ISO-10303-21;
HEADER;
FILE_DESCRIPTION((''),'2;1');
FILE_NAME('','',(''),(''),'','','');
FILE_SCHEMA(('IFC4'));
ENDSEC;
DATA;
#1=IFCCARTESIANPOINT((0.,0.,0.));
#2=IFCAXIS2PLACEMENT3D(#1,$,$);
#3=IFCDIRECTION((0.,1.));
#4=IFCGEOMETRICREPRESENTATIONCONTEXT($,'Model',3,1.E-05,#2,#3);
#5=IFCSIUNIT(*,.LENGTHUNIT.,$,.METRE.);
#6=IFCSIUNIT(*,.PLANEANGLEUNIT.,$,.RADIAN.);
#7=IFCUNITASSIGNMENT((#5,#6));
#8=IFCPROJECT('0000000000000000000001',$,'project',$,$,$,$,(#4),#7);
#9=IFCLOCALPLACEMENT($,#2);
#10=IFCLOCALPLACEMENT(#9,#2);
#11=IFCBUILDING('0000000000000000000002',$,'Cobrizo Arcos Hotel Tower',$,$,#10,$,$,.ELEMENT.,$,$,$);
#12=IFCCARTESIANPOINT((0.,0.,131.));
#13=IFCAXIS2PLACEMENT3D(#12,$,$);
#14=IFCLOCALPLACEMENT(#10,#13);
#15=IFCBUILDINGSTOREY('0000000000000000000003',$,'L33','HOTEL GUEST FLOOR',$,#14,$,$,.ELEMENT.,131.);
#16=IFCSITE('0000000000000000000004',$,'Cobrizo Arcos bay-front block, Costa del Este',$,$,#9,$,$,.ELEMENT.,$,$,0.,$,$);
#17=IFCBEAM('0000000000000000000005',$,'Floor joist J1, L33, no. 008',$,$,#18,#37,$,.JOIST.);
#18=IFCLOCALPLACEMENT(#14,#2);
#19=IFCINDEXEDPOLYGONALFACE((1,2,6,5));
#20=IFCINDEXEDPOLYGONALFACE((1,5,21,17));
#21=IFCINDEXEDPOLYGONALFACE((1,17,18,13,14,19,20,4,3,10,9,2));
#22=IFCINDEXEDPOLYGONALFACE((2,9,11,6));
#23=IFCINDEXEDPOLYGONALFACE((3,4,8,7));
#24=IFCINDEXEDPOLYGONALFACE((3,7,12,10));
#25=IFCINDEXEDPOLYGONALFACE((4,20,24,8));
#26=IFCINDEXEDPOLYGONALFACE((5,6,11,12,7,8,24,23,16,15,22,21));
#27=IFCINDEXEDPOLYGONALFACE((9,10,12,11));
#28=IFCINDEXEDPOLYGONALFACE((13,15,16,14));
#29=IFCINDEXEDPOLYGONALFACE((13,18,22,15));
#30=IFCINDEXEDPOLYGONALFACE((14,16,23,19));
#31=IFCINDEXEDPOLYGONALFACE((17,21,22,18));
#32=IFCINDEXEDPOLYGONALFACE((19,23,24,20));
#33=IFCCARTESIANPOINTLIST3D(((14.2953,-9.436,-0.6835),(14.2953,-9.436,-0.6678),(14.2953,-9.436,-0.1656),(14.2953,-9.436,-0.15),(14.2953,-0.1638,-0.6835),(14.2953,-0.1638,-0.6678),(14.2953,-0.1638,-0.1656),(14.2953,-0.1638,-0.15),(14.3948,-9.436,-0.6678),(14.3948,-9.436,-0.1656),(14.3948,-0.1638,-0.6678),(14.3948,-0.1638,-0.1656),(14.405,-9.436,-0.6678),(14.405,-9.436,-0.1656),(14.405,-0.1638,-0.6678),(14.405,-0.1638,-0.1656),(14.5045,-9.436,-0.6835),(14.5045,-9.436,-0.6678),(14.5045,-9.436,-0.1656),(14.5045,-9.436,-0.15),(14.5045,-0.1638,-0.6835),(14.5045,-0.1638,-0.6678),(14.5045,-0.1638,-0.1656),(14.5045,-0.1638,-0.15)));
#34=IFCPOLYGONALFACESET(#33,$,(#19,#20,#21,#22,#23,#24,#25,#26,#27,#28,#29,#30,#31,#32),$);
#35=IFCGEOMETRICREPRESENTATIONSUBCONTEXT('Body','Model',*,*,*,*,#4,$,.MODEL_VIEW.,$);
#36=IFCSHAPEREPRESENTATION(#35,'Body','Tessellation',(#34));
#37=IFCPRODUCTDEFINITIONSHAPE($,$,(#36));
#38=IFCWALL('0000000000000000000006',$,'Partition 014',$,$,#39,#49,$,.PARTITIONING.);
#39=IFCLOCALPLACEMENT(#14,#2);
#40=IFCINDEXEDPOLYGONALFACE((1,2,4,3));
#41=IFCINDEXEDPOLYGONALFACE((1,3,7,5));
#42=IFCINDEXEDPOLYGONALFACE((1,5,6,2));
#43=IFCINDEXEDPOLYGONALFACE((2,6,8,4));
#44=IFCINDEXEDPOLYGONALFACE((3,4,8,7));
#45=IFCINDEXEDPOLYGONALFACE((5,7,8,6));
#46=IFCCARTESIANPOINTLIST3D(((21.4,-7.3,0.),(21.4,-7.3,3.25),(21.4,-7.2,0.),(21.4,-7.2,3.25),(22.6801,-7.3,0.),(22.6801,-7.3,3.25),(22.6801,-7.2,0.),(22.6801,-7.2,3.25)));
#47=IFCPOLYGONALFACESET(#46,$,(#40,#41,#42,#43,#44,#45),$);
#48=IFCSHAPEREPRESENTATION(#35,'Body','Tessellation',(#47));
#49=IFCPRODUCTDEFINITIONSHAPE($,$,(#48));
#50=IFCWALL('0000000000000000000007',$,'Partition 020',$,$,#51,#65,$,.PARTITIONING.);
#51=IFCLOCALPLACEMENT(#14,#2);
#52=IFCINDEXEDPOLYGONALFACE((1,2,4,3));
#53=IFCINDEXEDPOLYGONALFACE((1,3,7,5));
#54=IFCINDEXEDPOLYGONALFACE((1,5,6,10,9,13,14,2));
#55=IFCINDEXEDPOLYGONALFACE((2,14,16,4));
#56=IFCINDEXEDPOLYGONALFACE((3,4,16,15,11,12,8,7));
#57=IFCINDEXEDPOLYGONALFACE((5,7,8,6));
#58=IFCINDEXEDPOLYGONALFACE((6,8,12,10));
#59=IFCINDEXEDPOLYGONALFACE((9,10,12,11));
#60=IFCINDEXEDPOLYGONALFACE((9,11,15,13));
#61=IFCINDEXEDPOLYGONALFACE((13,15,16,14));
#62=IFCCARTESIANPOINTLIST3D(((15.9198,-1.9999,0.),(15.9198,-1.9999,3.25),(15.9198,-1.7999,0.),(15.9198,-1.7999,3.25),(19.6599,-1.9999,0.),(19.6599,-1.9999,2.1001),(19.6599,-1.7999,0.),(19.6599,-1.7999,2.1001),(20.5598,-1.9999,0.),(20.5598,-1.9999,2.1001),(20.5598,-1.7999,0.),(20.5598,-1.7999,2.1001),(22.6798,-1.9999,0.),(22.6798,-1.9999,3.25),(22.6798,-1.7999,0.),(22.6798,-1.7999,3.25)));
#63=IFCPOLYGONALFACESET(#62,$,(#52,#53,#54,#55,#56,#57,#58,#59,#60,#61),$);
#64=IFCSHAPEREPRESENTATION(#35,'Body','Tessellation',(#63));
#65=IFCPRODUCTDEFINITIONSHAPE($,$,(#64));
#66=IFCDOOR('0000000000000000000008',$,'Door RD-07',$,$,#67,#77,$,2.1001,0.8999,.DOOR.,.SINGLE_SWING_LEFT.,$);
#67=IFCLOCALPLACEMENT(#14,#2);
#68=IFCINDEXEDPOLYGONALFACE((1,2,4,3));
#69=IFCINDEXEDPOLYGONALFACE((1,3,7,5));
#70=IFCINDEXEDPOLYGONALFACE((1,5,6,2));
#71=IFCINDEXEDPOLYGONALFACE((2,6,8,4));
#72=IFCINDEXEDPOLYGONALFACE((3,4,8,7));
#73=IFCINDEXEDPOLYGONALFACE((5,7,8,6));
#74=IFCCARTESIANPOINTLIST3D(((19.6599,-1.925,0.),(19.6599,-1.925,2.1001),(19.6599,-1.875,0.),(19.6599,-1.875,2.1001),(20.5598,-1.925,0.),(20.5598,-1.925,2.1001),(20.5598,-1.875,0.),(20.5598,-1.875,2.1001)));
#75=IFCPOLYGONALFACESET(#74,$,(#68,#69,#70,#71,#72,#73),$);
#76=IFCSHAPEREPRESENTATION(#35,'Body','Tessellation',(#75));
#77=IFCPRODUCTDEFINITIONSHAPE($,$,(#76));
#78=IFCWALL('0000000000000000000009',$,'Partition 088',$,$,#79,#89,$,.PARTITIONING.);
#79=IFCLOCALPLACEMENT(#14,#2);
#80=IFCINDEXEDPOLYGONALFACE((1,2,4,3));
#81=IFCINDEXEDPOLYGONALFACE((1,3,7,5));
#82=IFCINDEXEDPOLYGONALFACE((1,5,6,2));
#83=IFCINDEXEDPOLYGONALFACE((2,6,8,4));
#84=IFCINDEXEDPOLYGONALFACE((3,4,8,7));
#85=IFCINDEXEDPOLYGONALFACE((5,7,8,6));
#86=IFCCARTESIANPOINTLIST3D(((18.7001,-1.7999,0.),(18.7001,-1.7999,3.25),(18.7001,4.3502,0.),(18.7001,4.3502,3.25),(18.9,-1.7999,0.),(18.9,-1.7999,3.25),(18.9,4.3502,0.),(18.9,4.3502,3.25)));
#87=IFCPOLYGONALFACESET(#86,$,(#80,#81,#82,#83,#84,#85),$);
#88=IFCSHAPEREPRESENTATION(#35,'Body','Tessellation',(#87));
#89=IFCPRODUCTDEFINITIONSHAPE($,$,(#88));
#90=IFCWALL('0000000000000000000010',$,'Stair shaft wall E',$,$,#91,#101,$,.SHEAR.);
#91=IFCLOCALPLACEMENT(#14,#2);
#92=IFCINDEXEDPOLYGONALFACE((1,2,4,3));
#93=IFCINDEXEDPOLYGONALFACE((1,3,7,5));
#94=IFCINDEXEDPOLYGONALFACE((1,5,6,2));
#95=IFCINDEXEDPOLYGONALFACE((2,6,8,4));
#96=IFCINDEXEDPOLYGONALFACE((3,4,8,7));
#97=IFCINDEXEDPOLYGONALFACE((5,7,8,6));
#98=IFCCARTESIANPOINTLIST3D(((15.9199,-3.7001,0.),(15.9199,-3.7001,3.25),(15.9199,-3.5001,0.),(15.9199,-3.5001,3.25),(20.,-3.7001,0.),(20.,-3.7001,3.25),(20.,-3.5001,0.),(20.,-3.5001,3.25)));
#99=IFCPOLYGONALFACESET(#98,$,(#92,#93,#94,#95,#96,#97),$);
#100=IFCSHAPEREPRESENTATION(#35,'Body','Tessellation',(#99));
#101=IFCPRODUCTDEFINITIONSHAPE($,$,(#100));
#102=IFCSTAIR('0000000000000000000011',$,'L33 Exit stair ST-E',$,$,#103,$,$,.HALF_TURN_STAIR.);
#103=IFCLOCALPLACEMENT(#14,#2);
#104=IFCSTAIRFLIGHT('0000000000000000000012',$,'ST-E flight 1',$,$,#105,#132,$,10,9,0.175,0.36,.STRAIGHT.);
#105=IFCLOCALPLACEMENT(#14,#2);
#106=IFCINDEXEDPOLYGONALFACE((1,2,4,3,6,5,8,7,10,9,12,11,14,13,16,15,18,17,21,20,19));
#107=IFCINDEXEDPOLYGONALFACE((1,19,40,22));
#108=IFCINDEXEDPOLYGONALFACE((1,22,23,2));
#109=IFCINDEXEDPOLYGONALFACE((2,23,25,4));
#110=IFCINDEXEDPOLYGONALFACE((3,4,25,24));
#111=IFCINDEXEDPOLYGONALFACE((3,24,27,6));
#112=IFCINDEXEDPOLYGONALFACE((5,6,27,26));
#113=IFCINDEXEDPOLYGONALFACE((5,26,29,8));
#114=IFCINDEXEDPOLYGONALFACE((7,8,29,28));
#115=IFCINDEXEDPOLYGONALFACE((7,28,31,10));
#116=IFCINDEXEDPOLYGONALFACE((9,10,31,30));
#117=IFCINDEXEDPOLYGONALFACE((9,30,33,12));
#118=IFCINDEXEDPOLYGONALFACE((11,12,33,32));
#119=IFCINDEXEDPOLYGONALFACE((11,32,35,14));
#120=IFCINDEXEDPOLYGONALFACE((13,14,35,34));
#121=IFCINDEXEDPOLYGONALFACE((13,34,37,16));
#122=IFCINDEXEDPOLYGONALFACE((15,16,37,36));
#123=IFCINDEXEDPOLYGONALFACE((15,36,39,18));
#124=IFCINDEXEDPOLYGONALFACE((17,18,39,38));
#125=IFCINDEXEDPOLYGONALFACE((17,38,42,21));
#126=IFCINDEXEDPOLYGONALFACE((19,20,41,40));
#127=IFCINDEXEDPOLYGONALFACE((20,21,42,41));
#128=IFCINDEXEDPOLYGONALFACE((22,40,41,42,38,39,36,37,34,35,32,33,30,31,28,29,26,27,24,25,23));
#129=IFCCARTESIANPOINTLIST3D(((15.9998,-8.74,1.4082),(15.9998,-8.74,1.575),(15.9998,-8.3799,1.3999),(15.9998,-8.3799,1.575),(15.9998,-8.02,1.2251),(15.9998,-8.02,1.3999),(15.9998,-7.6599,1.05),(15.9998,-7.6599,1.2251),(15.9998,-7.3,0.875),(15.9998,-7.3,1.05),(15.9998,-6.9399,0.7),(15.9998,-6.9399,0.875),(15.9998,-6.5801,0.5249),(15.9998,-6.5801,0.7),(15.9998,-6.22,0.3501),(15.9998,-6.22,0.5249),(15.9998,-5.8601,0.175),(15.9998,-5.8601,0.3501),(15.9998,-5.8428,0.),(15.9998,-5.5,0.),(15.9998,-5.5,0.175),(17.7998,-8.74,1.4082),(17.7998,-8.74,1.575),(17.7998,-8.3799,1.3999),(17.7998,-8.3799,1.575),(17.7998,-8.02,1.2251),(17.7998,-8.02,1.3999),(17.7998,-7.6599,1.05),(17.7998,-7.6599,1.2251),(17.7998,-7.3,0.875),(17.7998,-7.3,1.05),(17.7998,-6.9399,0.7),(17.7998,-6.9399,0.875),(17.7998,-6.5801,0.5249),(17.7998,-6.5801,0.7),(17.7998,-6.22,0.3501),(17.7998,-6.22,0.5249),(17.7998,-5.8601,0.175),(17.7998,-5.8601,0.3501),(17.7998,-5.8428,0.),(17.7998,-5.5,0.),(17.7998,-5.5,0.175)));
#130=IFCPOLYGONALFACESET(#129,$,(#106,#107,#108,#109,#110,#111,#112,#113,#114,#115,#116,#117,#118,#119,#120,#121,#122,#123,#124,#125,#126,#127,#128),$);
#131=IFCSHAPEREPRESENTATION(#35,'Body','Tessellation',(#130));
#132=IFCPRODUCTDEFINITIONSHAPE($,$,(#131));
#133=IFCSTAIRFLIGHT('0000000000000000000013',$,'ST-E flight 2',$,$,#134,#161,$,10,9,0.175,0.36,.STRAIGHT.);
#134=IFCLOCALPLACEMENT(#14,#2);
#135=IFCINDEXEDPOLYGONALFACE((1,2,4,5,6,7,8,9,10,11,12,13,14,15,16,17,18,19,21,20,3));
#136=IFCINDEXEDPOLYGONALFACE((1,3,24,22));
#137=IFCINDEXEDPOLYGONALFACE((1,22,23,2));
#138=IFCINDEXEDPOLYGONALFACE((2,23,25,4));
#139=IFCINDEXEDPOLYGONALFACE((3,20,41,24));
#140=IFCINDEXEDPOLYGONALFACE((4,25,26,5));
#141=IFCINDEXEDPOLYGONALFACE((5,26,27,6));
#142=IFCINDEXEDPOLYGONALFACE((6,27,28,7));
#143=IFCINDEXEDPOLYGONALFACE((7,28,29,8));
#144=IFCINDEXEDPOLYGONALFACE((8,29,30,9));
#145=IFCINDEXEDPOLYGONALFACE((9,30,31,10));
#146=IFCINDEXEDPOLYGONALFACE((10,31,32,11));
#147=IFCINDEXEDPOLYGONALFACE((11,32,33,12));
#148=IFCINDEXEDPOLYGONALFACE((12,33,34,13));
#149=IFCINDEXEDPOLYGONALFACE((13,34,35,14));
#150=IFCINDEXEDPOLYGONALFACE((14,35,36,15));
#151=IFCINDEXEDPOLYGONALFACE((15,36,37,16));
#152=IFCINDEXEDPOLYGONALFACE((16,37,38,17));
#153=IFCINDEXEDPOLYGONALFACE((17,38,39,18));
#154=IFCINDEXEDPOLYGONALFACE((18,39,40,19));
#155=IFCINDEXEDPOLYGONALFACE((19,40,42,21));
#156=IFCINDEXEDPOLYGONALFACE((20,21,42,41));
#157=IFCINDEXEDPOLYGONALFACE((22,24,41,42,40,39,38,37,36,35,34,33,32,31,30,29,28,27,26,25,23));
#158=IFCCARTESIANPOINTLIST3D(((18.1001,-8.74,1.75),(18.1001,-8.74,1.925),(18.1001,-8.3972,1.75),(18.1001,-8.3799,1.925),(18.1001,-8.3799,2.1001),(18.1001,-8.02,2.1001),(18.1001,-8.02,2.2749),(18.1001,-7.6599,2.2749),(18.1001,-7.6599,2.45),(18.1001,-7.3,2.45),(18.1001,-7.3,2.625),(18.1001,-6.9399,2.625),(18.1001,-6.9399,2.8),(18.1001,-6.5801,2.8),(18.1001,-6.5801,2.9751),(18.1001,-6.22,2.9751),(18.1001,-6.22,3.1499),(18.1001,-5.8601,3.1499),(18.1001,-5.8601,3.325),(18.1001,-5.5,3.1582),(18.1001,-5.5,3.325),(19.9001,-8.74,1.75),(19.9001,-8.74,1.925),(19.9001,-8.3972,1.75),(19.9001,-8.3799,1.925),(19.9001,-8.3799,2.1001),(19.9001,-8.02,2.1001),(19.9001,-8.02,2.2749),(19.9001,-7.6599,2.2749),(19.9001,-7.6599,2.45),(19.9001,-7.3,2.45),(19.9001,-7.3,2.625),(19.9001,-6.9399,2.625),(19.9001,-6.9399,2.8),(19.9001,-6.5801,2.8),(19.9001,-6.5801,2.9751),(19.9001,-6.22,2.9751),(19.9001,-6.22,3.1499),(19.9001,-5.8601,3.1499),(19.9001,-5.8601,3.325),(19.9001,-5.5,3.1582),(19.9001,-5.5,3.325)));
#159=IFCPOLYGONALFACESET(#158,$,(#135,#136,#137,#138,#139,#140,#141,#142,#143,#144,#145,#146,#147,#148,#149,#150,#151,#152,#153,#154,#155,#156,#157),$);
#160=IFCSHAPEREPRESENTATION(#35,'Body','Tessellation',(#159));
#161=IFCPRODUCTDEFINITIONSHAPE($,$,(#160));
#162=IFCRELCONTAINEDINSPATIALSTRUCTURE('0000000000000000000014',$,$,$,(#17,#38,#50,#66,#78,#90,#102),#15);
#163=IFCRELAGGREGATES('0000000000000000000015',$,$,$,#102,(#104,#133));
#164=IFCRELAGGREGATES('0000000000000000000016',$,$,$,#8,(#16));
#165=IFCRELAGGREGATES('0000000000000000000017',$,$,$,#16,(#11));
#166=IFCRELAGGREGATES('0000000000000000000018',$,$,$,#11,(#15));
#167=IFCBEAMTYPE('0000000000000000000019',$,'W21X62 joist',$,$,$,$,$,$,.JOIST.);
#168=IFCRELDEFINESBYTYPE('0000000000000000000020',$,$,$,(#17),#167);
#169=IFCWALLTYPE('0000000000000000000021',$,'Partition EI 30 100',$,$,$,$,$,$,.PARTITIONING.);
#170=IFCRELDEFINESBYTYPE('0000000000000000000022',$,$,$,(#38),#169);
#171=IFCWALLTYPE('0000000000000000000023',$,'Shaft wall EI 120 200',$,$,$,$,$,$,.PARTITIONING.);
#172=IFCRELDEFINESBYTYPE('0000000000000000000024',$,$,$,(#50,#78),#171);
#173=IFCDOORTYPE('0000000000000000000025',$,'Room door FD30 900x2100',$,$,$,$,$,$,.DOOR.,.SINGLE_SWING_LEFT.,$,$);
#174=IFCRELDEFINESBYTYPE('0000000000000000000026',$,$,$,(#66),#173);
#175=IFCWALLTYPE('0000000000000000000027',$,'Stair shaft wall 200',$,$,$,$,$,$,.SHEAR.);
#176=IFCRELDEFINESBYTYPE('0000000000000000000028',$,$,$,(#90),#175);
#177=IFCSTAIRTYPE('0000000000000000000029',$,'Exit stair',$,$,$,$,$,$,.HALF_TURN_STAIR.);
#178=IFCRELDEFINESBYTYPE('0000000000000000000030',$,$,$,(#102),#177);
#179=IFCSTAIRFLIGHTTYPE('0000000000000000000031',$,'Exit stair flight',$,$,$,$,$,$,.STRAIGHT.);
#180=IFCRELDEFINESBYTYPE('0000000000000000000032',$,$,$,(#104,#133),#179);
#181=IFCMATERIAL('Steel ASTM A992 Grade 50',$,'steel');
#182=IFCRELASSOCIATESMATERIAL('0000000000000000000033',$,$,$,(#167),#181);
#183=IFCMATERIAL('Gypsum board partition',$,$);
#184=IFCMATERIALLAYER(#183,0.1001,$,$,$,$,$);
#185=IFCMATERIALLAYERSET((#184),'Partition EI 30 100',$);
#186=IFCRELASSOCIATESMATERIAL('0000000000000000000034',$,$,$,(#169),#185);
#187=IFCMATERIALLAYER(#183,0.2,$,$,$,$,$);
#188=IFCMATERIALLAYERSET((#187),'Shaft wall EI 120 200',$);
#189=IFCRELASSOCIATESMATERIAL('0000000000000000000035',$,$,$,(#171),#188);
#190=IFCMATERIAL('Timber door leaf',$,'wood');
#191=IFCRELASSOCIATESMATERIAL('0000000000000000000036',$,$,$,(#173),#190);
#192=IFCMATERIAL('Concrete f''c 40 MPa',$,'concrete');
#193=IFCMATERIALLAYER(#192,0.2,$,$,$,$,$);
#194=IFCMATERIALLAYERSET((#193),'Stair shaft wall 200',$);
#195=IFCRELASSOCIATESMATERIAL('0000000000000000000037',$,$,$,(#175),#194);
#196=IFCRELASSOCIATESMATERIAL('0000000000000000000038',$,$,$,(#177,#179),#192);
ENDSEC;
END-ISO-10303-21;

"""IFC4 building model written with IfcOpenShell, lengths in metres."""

from ifc_helpers import new_model, si_unit, direction, frame, frame_2d, origin, origin_2d, place, context, subcontext, project, spatial, polyline, rectangle, i_section, outline, extrude, material, layer, layer_set, material_profile, profile_set, type_object, element, fill, aggregate, save


model = new_model("IFC4")

# Units and contexts
model_context = context("Model", 3, precision=1e-05, world=origin(), true_north=direction((0.0, 1.0)))
body_context = subcontext(model_context, "Body", "Model", "MODEL_VIEW")
ifc_project = project(units=[si_unit("LENGTHUNIT", "METRE"), si_unit("PLANEANGLEUNIT", "RADIAN")], contexts=[model_context])

# Site, building, storey
site_placement = place(None, origin())
site = spatial("IfcSite", under=ifc_project, at=site_placement, Name="Cobrizo Arcos bay-front block, Costa del Este", CompositionType="ELEMENT", RefElevation=0.0)
building_placement = place(site_placement, origin())
building = spatial("IfcBuilding", under=site, at=building_placement, Name="Cobrizo Arcos Hotel Tower", CompositionType="ELEMENT")
storey_placement = place(building_placement, frame((0.0, 0.0, 131.0)))
storey = spatial("IfcBuildingStorey", under=building, at=storey_placement, Name="L33", Description="HOTEL GUEST FLOOR", CompositionType="ELEMENT", Elevation=131.0)

# Beam
ifc_material_1 = material(Name="Steel ASTM A992 Grade 50", Category="steel")
ifc_material_profile = material_profile(ifc_material_1, i_section(OverallWidth=0.2092, OverallDepth=0.5334, WebThickness=0.0103, FlangeThickness=0.0156, at=origin_2d()), Name="W21X62")
ifc_profile_set = profile_set([ifc_material_profile], Name="Steel ASTM A992 Grade 50")
beam_type = type_object("IfcBeamType", Name="W21X62 joist", PredefinedType="JOIST", material=ifc_profile_set)
beam_placement = place(storey_placement, frame((14.3999, -9.436, -0.4167), z_axis=(0.0, 1.0, 0.0), x_axis=(-1.0, 0.0, 0.0)))
element("IfcBeam", 1, at=beam_placement, inside=storey, type_object=beam_type, Name="Floor joist J1, L33, no. 008", PredefinedType="JOIST", context=body_context, shape_type="SweptSolid", body=[
    extrude(i_section(OverallWidth=0.2092, OverallDepth=0.5334, WebThickness=0.0103, FlangeThickness=0.0156, at=origin_2d()), origin(), (0.0, 0.0, 1.0), 9.2722),
])

# Wall
ifc_material_2 = material(Name="Gypsum board partition")
ifc_layer_1 = layer(ifc_material_2, 0.1001)
ifc_layer_set_1 = layer_set([ifc_layer_1], Name="Partition EI 30 100")
wall_type_1 = type_object("IfcWallType", Name="Partition EI 30 100", PredefinedType="PARTITIONING", material=ifc_layer_set_1)
wall_1_placement = place(storey_placement, frame((21.3999, -7.25, 0.0), z_axis=(0.0, 0.0, 1.0), x_axis=(1.0, 0.0, 0.0)))
element("IfcWall", 2, at=wall_1_placement, inside=storey, type_object=wall_type_1, Name="Partition 014", PredefinedType="PARTITIONING", context=body_context, shape_type="SweptSolid", body=[
    extrude(rectangle(XDim=1.28, YDim=0.1001, at=frame_2d((0.6401, 0.0))), origin(), (0.0, 0.0, 1.0), 3.25),
])

# Wall, opening, door
ifc_layer_2 = layer(ifc_material_2, 0.2)
ifc_layer_set_2 = layer_set([ifc_layer_2], Name="Shaft wall EI 120 200")
wall_type_2 = type_object("IfcWallType", Name="Shaft wall EI 120 200", PredefinedType="PARTITIONING", material=ifc_layer_set_2)
wall_2_placement = place(storey_placement, frame((15.9199, -1.8999, 0.0), z_axis=(0.0, 0.0, 1.0), x_axis=(1.0, 0.0, 0.0)))
wall_2 = element("IfcWall", 3, at=wall_2_placement, inside=storey, type_object=wall_type_2, Name="Partition 020", PredefinedType="PARTITIONING", context=body_context, shape_type="SweptSolid", body=[
    extrude(rectangle(XDim=6.76, YDim=0.2, at=frame_2d((3.3799, 0.0))), origin(), (0.0, 0.0, 1.0), 3.25),
])
opening_placement = place(wall_2_placement, frame((3.74, 0.0, 0.0)))
opening = element("IfcOpeningElement", 4, at=opening_placement, cuts=wall_2, PredefinedType="OPENING", context=body_context, shape_type="SweptSolid", body=[
    extrude(rectangle(XDim=0.8999, YDim=2.1001, at=frame_2d((0.45, 1.05))), frame((0.0, 0.1121, 0.0), z_axis=(0.0, -1.0, 0.0), x_axis=(1.0, 0.0, 0.0)), (0.0, 0.0, 1.0), 0.2239),
])
ifc_material_3 = material(Name="Timber door leaf", Category="wood")
door_type = type_object("IfcDoorType", Name="Room door FD30 900x2100", OperationType="SINGLE_SWING_LEFT", PredefinedType="DOOR", material=ifc_material_3)
door_placement = place(opening_placement, origin())
door = element("IfcDoor", 5, at=door_placement, inside=storey, type_object=door_type, Name="Door RD-07", OperationType="SINGLE_SWING_LEFT", OverallHeight=2.1001, OverallWidth=0.8999, PredefinedType="DOOR", context=body_context, shape_type="SweptSolid", body=[
    extrude(rectangle(XDim=0.8999, YDim=2.1001, at=frame_2d((0.45, 1.05))), frame((0.0, 0.0249, 0.0), z_axis=(0.0, -1.0, 0.0), x_axis=(1.0, 0.0, 0.0)), (0.0, 0.0, 1.0), 0.05),
])
fill(opening, door)

# Walls
wall_3_placement = place(storey_placement, frame((18.8, -1.8, 0.0), z_axis=(0.0, 0.0, 1.0), x_axis=(0.0, 1.0, 0.0)))
element("IfcWall", 6, at=wall_3_placement, inside=storey, type_object=wall_type_2, Name="Partition 088", PredefinedType="PARTITIONING", context=body_context, shape_type="SweptSolid", body=[
    extrude(rectangle(XDim=6.1501, YDim=0.2, at=frame_2d((3.0752, 0.0))), origin(), (0.0, 0.0, 1.0), 3.25),
])
ifc_material_4 = material(Name="Concrete f'c 40 MPa", Category="concrete")
ifc_layer_3 = layer(ifc_material_4, 0.2)
ifc_layer_set_3 = layer_set([ifc_layer_3], Name="Stair shaft wall 200")
wall_type_3 = type_object("IfcWallType", Name="Stair shaft wall 200", PredefinedType="SHEAR", material=ifc_layer_set_3)
wall_4_placement = place(storey_placement, frame((15.9199, -3.6001, 0.0), z_axis=(0.0, 0.0, 1.0), x_axis=(1.0, 0.0, 0.0)))
element("IfcWall", 7, at=wall_4_placement, inside=storey, type_object=wall_type_3, Name="Stair shaft wall E", PredefinedType="SHEAR", context=body_context, shape_type="SweptSolid", body=[
    extrude(rectangle(XDim=4.0801, YDim=0.2, at=frame_2d((2.04, 0.0))), origin(), (0.0, 0.0, 1.0), 3.25),
])

# Stair, stair flights
stair_type = type_object("IfcStairType", Name="Exit stair", PredefinedType="HALF_TURN_STAIR", material=ifc_material_4)
stair_placement = place(storey_placement, origin())
stair = element("IfcStair", 8, at=stair_placement, inside=storey, type_object=stair_type, Name="L33 Exit stair ST-E", PredefinedType="HALF_TURN_STAIR")
stair_flight_type = type_object("IfcStairFlightType", Name="Exit stair flight", PredefinedType="STRAIGHT", material=ifc_material_4)
stair_flight_1_placement = place(storey_placement, frame((16.8999, -5.5, 0.0), z_axis=(0.0, 0.0, 1.0), x_axis=(0.0, -1.0, 0.0)))
stair_flight_1 = element("IfcStairFlight", 9, at=stair_flight_1_placement, type_object=stair_flight_type, Name="ST-E flight 1", NumberOfRisers=10, NumberOfTreads=9, PredefinedType="STRAIGHT", RiserHeight=0.175, TreadLength=0.36, context=body_context, shape_type="SweptSolid", body=[
    extrude(outline(polyline([(0.0, 0.0), (0.0, 0.175), (0.3601, 0.175), (0.3601, 0.3501), (0.72, 0.3501), (0.72, 0.5249), (1.0801, 0.5249), (1.0801, 0.7), (1.4399, 0.7), (1.4399, 0.875), (1.8, 0.875), (1.8, 1.05), (2.1599, 1.05), (2.1599, 1.2251), (2.52, 1.2251), (2.52, 1.3999), (2.8799, 1.3999), (2.8799, 1.575), (3.24, 1.575), (3.24, 1.75), (3.24, 1.4082), (0.3428, 0.0), (0.0, 0.0)])), frame((0.0, 0.8999, 0.0), z_axis=(0.0, -1.0, 0.0), x_axis=(1.0, 0.0, 0.0)), (0.0, 0.0, 1.0), 1.8),
])
stair_flight_2_placement = place(storey_placement, frame((19.0, -8.74, 1.75), z_axis=(0.0, 0.0, 1.0), x_axis=(0.0, 1.0, 0.0)))
stair_flight_2 = element("IfcStairFlight", 10, at=stair_flight_2_placement, type_object=stair_flight_type, Name="ST-E flight 2", NumberOfRisers=10, NumberOfTreads=9, PredefinedType="STRAIGHT", RiserHeight=0.175, TreadLength=0.36, context=body_context, shape_type="SweptSolid", body=[
    extrude(outline(polyline([(0.0, 0.0), (0.0, 0.175), (0.3601, 0.175), (0.3601, 0.3501), (0.72, 0.3501), (0.72, 0.5249), (1.0801, 0.5249), (1.0801, 0.7), (1.4399, 0.7), (1.4399, 0.875), (1.8, 0.875), (1.8, 1.05), (2.1599, 1.05), (2.1599, 1.2251), (2.52, 1.2251), (2.52, 1.3999), (2.8799, 1.3999), (2.8799, 1.575), (3.24, 1.575), (3.24, 1.75), (3.24, 1.4082), (0.3428, 0.0), (0.0, 0.0)])), frame((0.0, 0.8999, 0.0), z_axis=(0.0, -1.0, 0.0), x_axis=(1.0, 0.0, 0.0)), (0.0, 0.0, 1.0), 1.8),
])
aggregate(stair, [stair_flight_1, stair_flight_2])

save(model, "model.ifc")
